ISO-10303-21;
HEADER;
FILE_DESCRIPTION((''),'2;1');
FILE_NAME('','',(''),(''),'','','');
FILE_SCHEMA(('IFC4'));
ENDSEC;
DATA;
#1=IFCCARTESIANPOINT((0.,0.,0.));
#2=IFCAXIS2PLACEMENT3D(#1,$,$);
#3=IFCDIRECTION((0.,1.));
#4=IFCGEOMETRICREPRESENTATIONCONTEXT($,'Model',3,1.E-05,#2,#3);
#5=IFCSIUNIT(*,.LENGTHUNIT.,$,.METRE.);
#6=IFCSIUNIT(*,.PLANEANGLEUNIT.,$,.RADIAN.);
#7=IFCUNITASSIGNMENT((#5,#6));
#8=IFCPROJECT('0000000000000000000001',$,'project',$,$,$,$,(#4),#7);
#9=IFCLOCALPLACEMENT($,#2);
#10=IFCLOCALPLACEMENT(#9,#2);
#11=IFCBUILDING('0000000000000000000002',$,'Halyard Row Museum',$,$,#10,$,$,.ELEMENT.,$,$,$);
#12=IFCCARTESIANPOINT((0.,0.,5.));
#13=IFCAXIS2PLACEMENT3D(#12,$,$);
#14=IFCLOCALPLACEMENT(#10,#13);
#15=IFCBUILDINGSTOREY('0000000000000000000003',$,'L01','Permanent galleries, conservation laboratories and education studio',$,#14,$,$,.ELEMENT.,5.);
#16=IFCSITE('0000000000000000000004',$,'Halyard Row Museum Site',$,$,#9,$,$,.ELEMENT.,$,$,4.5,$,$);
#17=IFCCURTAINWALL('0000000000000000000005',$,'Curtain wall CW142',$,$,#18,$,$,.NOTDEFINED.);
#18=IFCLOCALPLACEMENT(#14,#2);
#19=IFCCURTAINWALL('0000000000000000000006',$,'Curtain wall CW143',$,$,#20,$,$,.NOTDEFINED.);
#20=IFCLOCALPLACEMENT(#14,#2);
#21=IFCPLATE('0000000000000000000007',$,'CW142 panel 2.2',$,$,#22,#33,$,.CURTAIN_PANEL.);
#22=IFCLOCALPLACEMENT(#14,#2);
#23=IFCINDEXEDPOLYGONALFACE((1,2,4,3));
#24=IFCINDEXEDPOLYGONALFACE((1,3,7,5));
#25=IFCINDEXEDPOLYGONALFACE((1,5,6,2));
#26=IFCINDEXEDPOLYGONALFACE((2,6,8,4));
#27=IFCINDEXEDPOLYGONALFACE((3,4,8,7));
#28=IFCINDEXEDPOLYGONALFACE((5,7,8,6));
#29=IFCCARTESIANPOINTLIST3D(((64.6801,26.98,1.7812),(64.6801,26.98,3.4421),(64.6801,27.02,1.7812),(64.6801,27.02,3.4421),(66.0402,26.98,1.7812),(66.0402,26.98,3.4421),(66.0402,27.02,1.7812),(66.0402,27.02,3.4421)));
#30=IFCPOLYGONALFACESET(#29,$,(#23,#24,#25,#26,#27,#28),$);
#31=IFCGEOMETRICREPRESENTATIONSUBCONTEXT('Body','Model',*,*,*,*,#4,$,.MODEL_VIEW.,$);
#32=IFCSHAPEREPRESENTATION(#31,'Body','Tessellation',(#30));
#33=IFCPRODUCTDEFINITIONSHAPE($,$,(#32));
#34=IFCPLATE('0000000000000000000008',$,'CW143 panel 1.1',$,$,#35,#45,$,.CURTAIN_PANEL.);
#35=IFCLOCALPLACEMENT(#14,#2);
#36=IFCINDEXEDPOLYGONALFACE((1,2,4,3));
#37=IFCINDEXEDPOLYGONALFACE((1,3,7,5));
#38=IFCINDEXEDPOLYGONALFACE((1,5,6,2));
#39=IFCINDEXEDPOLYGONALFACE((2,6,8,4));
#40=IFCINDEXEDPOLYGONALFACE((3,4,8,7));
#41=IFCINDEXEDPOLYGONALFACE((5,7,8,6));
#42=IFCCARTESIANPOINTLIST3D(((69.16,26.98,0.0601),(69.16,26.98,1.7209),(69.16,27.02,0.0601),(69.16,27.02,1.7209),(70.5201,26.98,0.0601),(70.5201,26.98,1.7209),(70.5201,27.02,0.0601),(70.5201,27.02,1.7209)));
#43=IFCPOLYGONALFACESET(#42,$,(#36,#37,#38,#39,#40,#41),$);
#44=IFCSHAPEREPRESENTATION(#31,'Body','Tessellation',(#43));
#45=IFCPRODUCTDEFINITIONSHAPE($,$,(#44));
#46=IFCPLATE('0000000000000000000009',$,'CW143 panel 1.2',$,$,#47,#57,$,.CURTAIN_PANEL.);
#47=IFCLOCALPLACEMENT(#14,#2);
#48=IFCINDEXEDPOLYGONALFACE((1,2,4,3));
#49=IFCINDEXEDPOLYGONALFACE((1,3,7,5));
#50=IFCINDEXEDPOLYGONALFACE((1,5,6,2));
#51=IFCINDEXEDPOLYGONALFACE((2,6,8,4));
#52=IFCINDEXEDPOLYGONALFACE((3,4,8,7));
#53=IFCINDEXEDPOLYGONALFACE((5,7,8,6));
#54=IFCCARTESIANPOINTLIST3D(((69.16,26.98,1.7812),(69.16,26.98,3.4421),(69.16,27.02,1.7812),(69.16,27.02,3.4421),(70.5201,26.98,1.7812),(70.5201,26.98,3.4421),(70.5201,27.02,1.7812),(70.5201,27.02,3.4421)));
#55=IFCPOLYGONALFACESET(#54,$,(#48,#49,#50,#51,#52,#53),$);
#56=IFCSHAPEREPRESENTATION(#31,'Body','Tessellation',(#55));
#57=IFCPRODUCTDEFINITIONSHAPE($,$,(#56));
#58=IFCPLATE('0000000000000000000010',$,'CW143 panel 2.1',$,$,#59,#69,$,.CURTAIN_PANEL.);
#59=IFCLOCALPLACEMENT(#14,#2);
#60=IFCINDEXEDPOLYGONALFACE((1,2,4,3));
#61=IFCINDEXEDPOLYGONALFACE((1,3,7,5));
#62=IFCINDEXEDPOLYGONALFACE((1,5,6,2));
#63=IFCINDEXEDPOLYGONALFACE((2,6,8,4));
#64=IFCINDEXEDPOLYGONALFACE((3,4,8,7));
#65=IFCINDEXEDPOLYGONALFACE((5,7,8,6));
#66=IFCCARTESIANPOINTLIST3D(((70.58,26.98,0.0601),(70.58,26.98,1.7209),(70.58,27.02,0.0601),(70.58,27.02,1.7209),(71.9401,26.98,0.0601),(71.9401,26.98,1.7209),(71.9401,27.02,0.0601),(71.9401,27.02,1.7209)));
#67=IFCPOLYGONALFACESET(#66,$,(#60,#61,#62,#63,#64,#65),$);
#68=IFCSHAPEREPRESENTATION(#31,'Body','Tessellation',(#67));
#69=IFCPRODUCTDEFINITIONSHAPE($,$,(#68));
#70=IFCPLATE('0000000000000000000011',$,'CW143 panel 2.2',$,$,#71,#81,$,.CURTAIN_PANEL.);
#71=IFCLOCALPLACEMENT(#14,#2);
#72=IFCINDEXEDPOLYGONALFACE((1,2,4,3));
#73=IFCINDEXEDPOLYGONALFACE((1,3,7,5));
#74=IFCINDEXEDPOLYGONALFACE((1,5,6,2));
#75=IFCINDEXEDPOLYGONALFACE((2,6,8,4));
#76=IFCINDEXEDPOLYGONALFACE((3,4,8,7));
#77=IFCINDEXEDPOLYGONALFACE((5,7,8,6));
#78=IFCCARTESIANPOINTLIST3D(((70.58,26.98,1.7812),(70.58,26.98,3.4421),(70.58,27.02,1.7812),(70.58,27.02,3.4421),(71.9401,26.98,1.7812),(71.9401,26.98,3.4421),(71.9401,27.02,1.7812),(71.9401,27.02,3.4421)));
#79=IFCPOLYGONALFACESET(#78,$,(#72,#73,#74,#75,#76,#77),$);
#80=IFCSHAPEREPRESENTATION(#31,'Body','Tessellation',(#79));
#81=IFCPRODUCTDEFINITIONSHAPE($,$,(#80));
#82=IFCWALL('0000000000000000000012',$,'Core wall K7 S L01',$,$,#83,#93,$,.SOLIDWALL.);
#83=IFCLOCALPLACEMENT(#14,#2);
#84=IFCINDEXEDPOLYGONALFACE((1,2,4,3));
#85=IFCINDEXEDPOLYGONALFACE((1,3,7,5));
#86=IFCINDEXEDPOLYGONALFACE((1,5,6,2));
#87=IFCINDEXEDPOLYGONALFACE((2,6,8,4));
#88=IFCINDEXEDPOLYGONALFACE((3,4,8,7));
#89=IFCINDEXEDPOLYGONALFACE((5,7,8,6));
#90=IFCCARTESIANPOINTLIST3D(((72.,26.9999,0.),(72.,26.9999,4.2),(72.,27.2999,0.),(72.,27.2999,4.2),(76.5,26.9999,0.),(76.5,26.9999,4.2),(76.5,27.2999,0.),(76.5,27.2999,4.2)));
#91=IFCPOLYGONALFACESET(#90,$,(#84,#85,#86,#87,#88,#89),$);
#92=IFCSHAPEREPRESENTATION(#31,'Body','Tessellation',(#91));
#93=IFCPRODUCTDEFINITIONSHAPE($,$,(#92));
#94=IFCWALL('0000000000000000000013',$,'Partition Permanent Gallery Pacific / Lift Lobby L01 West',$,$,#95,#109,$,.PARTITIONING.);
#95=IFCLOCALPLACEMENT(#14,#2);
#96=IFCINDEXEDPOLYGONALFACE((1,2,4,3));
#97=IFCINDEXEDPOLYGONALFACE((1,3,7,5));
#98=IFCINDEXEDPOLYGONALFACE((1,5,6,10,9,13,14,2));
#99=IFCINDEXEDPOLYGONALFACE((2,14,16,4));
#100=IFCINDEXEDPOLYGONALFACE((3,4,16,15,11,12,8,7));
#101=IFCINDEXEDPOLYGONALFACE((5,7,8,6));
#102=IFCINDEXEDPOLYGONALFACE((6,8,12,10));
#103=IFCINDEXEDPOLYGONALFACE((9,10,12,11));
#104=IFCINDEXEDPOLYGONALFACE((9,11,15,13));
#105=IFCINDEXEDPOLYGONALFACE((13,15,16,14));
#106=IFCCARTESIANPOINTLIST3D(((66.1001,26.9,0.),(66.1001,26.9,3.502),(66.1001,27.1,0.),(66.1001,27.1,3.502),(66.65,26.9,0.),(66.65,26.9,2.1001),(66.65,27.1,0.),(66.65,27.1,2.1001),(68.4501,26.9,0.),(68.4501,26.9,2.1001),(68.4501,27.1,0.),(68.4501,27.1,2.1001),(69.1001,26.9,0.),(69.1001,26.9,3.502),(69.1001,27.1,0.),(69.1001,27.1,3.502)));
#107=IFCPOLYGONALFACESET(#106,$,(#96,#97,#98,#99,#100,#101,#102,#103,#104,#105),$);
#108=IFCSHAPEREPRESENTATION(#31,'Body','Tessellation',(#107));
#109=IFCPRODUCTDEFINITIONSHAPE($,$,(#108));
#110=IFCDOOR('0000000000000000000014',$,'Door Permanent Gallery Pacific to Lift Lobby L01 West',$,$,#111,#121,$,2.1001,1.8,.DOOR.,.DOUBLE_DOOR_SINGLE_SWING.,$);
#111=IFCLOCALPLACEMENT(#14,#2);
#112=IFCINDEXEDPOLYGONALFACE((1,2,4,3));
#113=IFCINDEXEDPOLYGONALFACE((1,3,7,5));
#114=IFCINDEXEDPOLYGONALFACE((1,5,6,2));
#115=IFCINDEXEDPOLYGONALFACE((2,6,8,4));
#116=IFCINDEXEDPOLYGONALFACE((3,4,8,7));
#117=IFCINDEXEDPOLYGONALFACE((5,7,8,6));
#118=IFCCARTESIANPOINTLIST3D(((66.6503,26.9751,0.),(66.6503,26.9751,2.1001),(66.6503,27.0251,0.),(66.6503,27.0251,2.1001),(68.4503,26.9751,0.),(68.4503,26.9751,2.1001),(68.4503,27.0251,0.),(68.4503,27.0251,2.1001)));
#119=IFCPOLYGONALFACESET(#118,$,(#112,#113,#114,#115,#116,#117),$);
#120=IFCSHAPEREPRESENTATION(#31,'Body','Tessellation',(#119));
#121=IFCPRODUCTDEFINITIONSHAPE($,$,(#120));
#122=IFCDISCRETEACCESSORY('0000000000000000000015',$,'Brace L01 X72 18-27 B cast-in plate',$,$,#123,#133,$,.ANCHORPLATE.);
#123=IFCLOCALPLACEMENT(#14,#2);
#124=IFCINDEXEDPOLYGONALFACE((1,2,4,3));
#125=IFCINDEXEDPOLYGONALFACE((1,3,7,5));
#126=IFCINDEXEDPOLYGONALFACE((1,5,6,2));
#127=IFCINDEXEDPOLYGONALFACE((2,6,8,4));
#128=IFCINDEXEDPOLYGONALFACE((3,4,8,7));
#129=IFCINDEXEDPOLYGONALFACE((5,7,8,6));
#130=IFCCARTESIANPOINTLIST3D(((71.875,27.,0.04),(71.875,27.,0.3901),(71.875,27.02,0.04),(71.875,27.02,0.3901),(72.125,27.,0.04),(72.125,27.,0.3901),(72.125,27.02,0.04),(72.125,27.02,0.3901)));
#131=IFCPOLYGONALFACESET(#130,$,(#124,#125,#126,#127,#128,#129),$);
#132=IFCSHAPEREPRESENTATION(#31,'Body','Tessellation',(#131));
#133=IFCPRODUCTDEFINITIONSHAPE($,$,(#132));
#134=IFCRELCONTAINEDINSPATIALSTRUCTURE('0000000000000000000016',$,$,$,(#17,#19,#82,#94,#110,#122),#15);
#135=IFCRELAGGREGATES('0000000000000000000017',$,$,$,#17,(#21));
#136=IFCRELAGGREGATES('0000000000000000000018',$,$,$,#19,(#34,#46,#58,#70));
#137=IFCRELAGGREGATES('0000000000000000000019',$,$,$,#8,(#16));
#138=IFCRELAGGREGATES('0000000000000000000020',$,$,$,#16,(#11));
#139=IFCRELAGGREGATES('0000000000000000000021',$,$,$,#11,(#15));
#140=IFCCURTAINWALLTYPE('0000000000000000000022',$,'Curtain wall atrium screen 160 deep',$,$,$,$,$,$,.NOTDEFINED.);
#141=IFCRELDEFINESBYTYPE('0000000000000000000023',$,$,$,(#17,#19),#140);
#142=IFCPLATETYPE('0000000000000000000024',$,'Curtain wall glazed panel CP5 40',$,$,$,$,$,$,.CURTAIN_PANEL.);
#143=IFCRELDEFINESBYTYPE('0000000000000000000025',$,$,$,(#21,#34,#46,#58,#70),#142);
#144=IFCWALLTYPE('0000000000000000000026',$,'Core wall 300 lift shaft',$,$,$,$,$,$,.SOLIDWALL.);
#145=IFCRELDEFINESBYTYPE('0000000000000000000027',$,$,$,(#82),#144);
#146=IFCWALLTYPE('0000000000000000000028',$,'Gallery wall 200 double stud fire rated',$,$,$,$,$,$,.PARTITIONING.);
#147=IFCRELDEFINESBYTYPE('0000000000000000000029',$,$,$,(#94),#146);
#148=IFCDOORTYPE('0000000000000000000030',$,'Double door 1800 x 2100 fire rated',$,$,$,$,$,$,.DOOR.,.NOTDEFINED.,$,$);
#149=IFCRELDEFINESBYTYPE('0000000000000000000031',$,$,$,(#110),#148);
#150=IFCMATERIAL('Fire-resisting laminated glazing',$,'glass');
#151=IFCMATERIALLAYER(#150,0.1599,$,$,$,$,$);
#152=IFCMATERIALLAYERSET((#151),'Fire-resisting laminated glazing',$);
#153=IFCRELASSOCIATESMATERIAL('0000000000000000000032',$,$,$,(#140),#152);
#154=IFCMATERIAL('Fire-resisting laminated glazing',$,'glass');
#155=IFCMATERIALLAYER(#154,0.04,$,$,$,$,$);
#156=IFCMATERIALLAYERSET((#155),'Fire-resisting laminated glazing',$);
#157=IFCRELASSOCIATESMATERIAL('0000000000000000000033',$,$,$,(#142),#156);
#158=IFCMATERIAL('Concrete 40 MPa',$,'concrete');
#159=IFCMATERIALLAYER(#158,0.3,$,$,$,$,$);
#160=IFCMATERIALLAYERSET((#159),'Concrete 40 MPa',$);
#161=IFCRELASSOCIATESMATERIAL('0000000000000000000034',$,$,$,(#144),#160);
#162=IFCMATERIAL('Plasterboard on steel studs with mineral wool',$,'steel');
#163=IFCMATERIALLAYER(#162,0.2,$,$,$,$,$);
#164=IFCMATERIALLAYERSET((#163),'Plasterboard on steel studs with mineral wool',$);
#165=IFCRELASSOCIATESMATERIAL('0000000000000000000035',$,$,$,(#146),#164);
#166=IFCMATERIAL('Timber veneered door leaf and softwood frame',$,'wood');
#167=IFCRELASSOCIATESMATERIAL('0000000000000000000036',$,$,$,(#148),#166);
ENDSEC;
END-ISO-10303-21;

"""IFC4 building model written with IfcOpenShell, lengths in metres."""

from ifc_helpers import new_model, si_unit, direction, frame, frame_2d, origin, origin_2d, place, context, subcontext, project, spatial, rectangle, extrude, material, layer, layer_set, type_object, element, fill, aggregate, save


model = new_model("IFC4")

# Units and contexts
model_context = context("Model", 3, precision=1e-05, world=origin(), true_north=direction((0.0, 1.0)))
body_context = subcontext(model_context, "Body", "Model", "MODEL_VIEW")
ifc_project = project(units=[si_unit("LENGTHUNIT", "METRE"), si_unit("PLANEANGLEUNIT", "RADIAN")], contexts=[model_context])

# Site, building, storey
site_placement = place(None, origin())
site = spatial("IfcSite", under=ifc_project, at=site_placement, Name="Halyard Row Museum Site", CompositionType="ELEMENT", RefElevation=4.5)
building_placement = place(site_placement, origin())
building = spatial("IfcBuilding", under=site, at=building_placement, Name="Halyard Row Museum", CompositionType="ELEMENT")
storey_placement = place(building_placement, frame((0.0, 0.0, 5.0)))
storey = spatial("IfcBuildingStorey", under=building, at=storey_placement, Name="L01", Description="Permanent galleries, conservation laboratories and education studio", CompositionType="ELEMENT", Elevation=5.0)

# Curtain wall
ifc_material_1 = material(Name="Fire-resisting laminated glazing", Category="glass")
ifc_layer_1 = layer(ifc_material_1, 0.1599)
ifc_layer_set_1 = layer_set([ifc_layer_1], Name="Fire-resisting laminated glazing")
curtain_wall_type = type_object("IfcCurtainWallType", Name="Curtain wall atrium screen 160 deep", PredefinedType="NOTDEFINED", material=ifc_layer_set_1)
curtain_wall_1_placement = place(storey_placement, origin())
curtain_wall_1 = element("IfcCurtainWall", 1, at=curtain_wall_1_placement, inside=storey, type_object=curtain_wall_type, Name="Curtain wall CW142", PredefinedType="NOTDEFINED")

# Curtain wall
curtain_wall_2_placement = place(storey_placement, origin())
curtain_wall_2 = element("IfcCurtainWall", 2, at=curtain_wall_2_placement, inside=storey, type_object=curtain_wall_type, Name="Curtain wall CW143", PredefinedType="NOTDEFINED")

# Plates
ifc_material_2 = material(Name="Fire-resisting laminated glazing", Category="glass")
ifc_layer_2 = layer(ifc_material_2, 0.04)
ifc_layer_set_2 = layer_set([ifc_layer_2], Name="Fire-resisting laminated glazing")
plate_type = type_object("IfcPlateType", Name="Curtain wall glazed panel CP5 40", PredefinedType="CURTAIN_PANEL", material=ifc_layer_set_2)
plate_1_placement = place(storey_placement, frame((65.3601, 27.0, 1.7812), z_axis=(0.0, 0.0, 1.0), x_axis=(1.0, 0.0, 0.0)))
plate_1 = element("IfcPlate", 3, at=plate_1_placement, type_object=plate_type, Name="CW142 panel 2.2", PredefinedType="CURTAIN_PANEL", context=body_context, shape_type="SweptSolid", body=[
    extrude(rectangle(XDim=1.3601, YDim=0.04, at=origin_2d()), origin(), (0.0, 0.0, 1.0), 1.6609),
])
aggregate(curtain_wall_1, [plate_1])
plate_2_placement = place(storey_placement, frame((69.8401, 27.0, 0.0601), z_axis=(0.0, 0.0, 1.0), x_axis=(1.0, 0.0, 0.0)))
plate_2 = element("IfcPlate", 4, at=plate_2_placement, type_object=plate_type, Name="CW143 panel 1.1", PredefinedType="CURTAIN_PANEL", context=body_context, shape_type="SweptSolid", body=[
    extrude(rectangle(XDim=1.3601, YDim=0.04, at=origin_2d()), origin(), (0.0, 0.0, 1.0), 1.6609),
])
plate_3_placement = place(storey_placement, frame((69.8401, 27.0, 1.7812), z_axis=(0.0, 0.0, 1.0), x_axis=(1.0, 0.0, 0.0)))
plate_3 = element("IfcPlate", 5, at=plate_3_placement, type_object=plate_type, Name="CW143 panel 1.2", PredefinedType="CURTAIN_PANEL", context=body_context, shape_type="SweptSolid", body=[
    extrude(rectangle(XDim=1.3601, YDim=0.04, at=origin_2d()), origin(), (0.0, 0.0, 1.0), 1.6609),
])
plate_4_placement = place(storey_placement, frame((71.26, 27.0, 0.0601), z_axis=(0.0, 0.0, 1.0), x_axis=(1.0, 0.0, 0.0)))
plate_4 = element("IfcPlate", 6, at=plate_4_placement, type_object=plate_type, Name="CW143 panel 2.1", PredefinedType="CURTAIN_PANEL", context=body_context, shape_type="SweptSolid", body=[
    extrude(rectangle(XDim=1.3601, YDim=0.04, at=origin_2d()), origin(), (0.0, 0.0, 1.0), 1.6609),
])
plate_5_placement = place(storey_placement, frame((71.26, 27.0, 1.7812), z_axis=(0.0, 0.0, 1.0), x_axis=(1.0, 0.0, 0.0)))
plate_5 = element("IfcPlate", 7, at=plate_5_placement, type_object=plate_type, Name="CW143 panel 2.2", PredefinedType="CURTAIN_PANEL", context=body_context, shape_type="SweptSolid", body=[
    extrude(rectangle(XDim=1.3601, YDim=0.04, at=origin_2d()), origin(), (0.0, 0.0, 1.0), 1.6609),
])
aggregate(curtain_wall_2, [plate_2, plate_3, plate_4, plate_5])

# Wall
ifc_material_3 = material(Name="Concrete 40 MPa", Category="concrete")
ifc_layer_3 = layer(ifc_material_3, 0.3)
ifc_layer_set_3 = layer_set([ifc_layer_3], Name="Concrete 40 MPa")
wall_type_1 = type_object("IfcWallType", Name="Core wall 300 lift shaft", PredefinedType="SOLIDWALL", material=ifc_layer_set_3)
wall_1_placement = place(storey_placement, frame((72.0, 27.1499, 0.0), z_axis=(0.0, 0.0, 1.0), x_axis=(1.0, 0.0, 0.0)))
element("IfcWall", 8, at=wall_1_placement, inside=storey, type_object=wall_type_1, Name="Core wall K7 S L01", PredefinedType="SOLIDWALL", context=body_context, shape_type="SweptSolid", body=[
    extrude(rectangle(XDim=4.5, YDim=0.3, at=frame_2d((2.25, 0.0))), origin(), (0.0, 0.0, 1.0), 4.2),
])

# Wall, opening, door
ifc_material_4 = material(Name="Plasterboard on steel studs with mineral wool", Category="steel")
ifc_layer_4 = layer(ifc_material_4, 0.2)
ifc_layer_set_4 = layer_set([ifc_layer_4], Name="Plasterboard on steel studs with mineral wool")
wall_type_2 = type_object("IfcWallType", Name="Gallery wall 200 double stud fire rated", PredefinedType="PARTITIONING", material=ifc_layer_set_4)
wall_2_placement = place(storey_placement, frame((66.1001, 27.0, 0.0), z_axis=(0.0, 0.0, 1.0), x_axis=(1.0, 0.0, 0.0)))
wall_2 = element("IfcWall", 9, at=wall_2_placement, inside=storey, type_object=wall_type_2, Name="Partition Permanent Gallery Pacific / Lift Lobby L01 West", PredefinedType="PARTITIONING", context=body_context, shape_type="SweptSolid", body=[
    extrude(rectangle(XDim=3.0, YDim=0.2, at=frame_2d((1.5, 0.0))), origin(), (0.0, 0.0, 1.0), 3.502),
])
opening_placement = place(wall_2_placement, frame((0.55, 0.0, 0.0)))
opening = element("IfcOpeningElement", 10, at=opening_placement, cuts=wall_2, PredefinedType="OPENING", context=body_context, shape_type="SweptSolid", body=[
    extrude(rectangle(XDim=1.8, YDim=2.1001, at=frame_2d((0.8999, 1.05))), frame((0.0, 0.1099, 0.0), z_axis=(0.0, -1.0, 0.0), x_axis=(1.0, 0.0, 0.0)), (0.0, 0.0, 1.0), 0.22),
])
ifc_material_5 = material(Name="Timber veneered door leaf and softwood frame", Category="wood")
door_type = type_object("IfcDoorType", Name="Double door 1800 x 2100 fire rated", OperationType="NOTDEFINED", PredefinedType="DOOR", material=ifc_material_5)
door_placement = place(opening_placement, frame((1.8, 0.0, 0.0), z_axis=(0.0, 0.0, 1.0), x_axis=(-1.0, 0.0, 0.0)))
door = element("IfcDoor", 11, at=door_placement, inside=storey, type_object=door_type, Name="Door Permanent Gallery Pacific to Lift Lobby L01 West", OperationType="DOUBLE_DOOR_SINGLE_SWING", OverallHeight=2.1001, OverallWidth=1.8, PredefinedType="DOOR", context=body_context, shape_type="SweptSolid", body=[
    extrude(rectangle(XDim=1.8, YDim=2.1001, at=frame_2d((0.8999, 1.05))), frame((0.0, 0.0249, 0.0), z_axis=(0.0, -1.0, 0.0), x_axis=(1.0, 0.0, 0.0)), (0.0, 0.0, 1.0), 0.05),
])
fill(opening, door)

# Discrete accessory
discrete_accessory_placement = place(storey_placement, frame((72.0, 27.0, 0.2151), z_axis=(0.0, 1.0, 0.0), x_axis=(-1.0, 0.0, 0.0)))
element("IfcDiscreteAccessory", 12, at=discrete_accessory_placement, inside=storey, Name="Brace L01 X72 18-27 B cast-in plate", PredefinedType="ANCHORPLATE", context=body_context, shape_type="SweptSolid", body=[
    extrude(rectangle(XDim=0.25, YDim=0.3501, at=origin_2d()), origin(), (0.0, 0.0, 1.0), 0.02),
])

save(model, "model.ifc")
